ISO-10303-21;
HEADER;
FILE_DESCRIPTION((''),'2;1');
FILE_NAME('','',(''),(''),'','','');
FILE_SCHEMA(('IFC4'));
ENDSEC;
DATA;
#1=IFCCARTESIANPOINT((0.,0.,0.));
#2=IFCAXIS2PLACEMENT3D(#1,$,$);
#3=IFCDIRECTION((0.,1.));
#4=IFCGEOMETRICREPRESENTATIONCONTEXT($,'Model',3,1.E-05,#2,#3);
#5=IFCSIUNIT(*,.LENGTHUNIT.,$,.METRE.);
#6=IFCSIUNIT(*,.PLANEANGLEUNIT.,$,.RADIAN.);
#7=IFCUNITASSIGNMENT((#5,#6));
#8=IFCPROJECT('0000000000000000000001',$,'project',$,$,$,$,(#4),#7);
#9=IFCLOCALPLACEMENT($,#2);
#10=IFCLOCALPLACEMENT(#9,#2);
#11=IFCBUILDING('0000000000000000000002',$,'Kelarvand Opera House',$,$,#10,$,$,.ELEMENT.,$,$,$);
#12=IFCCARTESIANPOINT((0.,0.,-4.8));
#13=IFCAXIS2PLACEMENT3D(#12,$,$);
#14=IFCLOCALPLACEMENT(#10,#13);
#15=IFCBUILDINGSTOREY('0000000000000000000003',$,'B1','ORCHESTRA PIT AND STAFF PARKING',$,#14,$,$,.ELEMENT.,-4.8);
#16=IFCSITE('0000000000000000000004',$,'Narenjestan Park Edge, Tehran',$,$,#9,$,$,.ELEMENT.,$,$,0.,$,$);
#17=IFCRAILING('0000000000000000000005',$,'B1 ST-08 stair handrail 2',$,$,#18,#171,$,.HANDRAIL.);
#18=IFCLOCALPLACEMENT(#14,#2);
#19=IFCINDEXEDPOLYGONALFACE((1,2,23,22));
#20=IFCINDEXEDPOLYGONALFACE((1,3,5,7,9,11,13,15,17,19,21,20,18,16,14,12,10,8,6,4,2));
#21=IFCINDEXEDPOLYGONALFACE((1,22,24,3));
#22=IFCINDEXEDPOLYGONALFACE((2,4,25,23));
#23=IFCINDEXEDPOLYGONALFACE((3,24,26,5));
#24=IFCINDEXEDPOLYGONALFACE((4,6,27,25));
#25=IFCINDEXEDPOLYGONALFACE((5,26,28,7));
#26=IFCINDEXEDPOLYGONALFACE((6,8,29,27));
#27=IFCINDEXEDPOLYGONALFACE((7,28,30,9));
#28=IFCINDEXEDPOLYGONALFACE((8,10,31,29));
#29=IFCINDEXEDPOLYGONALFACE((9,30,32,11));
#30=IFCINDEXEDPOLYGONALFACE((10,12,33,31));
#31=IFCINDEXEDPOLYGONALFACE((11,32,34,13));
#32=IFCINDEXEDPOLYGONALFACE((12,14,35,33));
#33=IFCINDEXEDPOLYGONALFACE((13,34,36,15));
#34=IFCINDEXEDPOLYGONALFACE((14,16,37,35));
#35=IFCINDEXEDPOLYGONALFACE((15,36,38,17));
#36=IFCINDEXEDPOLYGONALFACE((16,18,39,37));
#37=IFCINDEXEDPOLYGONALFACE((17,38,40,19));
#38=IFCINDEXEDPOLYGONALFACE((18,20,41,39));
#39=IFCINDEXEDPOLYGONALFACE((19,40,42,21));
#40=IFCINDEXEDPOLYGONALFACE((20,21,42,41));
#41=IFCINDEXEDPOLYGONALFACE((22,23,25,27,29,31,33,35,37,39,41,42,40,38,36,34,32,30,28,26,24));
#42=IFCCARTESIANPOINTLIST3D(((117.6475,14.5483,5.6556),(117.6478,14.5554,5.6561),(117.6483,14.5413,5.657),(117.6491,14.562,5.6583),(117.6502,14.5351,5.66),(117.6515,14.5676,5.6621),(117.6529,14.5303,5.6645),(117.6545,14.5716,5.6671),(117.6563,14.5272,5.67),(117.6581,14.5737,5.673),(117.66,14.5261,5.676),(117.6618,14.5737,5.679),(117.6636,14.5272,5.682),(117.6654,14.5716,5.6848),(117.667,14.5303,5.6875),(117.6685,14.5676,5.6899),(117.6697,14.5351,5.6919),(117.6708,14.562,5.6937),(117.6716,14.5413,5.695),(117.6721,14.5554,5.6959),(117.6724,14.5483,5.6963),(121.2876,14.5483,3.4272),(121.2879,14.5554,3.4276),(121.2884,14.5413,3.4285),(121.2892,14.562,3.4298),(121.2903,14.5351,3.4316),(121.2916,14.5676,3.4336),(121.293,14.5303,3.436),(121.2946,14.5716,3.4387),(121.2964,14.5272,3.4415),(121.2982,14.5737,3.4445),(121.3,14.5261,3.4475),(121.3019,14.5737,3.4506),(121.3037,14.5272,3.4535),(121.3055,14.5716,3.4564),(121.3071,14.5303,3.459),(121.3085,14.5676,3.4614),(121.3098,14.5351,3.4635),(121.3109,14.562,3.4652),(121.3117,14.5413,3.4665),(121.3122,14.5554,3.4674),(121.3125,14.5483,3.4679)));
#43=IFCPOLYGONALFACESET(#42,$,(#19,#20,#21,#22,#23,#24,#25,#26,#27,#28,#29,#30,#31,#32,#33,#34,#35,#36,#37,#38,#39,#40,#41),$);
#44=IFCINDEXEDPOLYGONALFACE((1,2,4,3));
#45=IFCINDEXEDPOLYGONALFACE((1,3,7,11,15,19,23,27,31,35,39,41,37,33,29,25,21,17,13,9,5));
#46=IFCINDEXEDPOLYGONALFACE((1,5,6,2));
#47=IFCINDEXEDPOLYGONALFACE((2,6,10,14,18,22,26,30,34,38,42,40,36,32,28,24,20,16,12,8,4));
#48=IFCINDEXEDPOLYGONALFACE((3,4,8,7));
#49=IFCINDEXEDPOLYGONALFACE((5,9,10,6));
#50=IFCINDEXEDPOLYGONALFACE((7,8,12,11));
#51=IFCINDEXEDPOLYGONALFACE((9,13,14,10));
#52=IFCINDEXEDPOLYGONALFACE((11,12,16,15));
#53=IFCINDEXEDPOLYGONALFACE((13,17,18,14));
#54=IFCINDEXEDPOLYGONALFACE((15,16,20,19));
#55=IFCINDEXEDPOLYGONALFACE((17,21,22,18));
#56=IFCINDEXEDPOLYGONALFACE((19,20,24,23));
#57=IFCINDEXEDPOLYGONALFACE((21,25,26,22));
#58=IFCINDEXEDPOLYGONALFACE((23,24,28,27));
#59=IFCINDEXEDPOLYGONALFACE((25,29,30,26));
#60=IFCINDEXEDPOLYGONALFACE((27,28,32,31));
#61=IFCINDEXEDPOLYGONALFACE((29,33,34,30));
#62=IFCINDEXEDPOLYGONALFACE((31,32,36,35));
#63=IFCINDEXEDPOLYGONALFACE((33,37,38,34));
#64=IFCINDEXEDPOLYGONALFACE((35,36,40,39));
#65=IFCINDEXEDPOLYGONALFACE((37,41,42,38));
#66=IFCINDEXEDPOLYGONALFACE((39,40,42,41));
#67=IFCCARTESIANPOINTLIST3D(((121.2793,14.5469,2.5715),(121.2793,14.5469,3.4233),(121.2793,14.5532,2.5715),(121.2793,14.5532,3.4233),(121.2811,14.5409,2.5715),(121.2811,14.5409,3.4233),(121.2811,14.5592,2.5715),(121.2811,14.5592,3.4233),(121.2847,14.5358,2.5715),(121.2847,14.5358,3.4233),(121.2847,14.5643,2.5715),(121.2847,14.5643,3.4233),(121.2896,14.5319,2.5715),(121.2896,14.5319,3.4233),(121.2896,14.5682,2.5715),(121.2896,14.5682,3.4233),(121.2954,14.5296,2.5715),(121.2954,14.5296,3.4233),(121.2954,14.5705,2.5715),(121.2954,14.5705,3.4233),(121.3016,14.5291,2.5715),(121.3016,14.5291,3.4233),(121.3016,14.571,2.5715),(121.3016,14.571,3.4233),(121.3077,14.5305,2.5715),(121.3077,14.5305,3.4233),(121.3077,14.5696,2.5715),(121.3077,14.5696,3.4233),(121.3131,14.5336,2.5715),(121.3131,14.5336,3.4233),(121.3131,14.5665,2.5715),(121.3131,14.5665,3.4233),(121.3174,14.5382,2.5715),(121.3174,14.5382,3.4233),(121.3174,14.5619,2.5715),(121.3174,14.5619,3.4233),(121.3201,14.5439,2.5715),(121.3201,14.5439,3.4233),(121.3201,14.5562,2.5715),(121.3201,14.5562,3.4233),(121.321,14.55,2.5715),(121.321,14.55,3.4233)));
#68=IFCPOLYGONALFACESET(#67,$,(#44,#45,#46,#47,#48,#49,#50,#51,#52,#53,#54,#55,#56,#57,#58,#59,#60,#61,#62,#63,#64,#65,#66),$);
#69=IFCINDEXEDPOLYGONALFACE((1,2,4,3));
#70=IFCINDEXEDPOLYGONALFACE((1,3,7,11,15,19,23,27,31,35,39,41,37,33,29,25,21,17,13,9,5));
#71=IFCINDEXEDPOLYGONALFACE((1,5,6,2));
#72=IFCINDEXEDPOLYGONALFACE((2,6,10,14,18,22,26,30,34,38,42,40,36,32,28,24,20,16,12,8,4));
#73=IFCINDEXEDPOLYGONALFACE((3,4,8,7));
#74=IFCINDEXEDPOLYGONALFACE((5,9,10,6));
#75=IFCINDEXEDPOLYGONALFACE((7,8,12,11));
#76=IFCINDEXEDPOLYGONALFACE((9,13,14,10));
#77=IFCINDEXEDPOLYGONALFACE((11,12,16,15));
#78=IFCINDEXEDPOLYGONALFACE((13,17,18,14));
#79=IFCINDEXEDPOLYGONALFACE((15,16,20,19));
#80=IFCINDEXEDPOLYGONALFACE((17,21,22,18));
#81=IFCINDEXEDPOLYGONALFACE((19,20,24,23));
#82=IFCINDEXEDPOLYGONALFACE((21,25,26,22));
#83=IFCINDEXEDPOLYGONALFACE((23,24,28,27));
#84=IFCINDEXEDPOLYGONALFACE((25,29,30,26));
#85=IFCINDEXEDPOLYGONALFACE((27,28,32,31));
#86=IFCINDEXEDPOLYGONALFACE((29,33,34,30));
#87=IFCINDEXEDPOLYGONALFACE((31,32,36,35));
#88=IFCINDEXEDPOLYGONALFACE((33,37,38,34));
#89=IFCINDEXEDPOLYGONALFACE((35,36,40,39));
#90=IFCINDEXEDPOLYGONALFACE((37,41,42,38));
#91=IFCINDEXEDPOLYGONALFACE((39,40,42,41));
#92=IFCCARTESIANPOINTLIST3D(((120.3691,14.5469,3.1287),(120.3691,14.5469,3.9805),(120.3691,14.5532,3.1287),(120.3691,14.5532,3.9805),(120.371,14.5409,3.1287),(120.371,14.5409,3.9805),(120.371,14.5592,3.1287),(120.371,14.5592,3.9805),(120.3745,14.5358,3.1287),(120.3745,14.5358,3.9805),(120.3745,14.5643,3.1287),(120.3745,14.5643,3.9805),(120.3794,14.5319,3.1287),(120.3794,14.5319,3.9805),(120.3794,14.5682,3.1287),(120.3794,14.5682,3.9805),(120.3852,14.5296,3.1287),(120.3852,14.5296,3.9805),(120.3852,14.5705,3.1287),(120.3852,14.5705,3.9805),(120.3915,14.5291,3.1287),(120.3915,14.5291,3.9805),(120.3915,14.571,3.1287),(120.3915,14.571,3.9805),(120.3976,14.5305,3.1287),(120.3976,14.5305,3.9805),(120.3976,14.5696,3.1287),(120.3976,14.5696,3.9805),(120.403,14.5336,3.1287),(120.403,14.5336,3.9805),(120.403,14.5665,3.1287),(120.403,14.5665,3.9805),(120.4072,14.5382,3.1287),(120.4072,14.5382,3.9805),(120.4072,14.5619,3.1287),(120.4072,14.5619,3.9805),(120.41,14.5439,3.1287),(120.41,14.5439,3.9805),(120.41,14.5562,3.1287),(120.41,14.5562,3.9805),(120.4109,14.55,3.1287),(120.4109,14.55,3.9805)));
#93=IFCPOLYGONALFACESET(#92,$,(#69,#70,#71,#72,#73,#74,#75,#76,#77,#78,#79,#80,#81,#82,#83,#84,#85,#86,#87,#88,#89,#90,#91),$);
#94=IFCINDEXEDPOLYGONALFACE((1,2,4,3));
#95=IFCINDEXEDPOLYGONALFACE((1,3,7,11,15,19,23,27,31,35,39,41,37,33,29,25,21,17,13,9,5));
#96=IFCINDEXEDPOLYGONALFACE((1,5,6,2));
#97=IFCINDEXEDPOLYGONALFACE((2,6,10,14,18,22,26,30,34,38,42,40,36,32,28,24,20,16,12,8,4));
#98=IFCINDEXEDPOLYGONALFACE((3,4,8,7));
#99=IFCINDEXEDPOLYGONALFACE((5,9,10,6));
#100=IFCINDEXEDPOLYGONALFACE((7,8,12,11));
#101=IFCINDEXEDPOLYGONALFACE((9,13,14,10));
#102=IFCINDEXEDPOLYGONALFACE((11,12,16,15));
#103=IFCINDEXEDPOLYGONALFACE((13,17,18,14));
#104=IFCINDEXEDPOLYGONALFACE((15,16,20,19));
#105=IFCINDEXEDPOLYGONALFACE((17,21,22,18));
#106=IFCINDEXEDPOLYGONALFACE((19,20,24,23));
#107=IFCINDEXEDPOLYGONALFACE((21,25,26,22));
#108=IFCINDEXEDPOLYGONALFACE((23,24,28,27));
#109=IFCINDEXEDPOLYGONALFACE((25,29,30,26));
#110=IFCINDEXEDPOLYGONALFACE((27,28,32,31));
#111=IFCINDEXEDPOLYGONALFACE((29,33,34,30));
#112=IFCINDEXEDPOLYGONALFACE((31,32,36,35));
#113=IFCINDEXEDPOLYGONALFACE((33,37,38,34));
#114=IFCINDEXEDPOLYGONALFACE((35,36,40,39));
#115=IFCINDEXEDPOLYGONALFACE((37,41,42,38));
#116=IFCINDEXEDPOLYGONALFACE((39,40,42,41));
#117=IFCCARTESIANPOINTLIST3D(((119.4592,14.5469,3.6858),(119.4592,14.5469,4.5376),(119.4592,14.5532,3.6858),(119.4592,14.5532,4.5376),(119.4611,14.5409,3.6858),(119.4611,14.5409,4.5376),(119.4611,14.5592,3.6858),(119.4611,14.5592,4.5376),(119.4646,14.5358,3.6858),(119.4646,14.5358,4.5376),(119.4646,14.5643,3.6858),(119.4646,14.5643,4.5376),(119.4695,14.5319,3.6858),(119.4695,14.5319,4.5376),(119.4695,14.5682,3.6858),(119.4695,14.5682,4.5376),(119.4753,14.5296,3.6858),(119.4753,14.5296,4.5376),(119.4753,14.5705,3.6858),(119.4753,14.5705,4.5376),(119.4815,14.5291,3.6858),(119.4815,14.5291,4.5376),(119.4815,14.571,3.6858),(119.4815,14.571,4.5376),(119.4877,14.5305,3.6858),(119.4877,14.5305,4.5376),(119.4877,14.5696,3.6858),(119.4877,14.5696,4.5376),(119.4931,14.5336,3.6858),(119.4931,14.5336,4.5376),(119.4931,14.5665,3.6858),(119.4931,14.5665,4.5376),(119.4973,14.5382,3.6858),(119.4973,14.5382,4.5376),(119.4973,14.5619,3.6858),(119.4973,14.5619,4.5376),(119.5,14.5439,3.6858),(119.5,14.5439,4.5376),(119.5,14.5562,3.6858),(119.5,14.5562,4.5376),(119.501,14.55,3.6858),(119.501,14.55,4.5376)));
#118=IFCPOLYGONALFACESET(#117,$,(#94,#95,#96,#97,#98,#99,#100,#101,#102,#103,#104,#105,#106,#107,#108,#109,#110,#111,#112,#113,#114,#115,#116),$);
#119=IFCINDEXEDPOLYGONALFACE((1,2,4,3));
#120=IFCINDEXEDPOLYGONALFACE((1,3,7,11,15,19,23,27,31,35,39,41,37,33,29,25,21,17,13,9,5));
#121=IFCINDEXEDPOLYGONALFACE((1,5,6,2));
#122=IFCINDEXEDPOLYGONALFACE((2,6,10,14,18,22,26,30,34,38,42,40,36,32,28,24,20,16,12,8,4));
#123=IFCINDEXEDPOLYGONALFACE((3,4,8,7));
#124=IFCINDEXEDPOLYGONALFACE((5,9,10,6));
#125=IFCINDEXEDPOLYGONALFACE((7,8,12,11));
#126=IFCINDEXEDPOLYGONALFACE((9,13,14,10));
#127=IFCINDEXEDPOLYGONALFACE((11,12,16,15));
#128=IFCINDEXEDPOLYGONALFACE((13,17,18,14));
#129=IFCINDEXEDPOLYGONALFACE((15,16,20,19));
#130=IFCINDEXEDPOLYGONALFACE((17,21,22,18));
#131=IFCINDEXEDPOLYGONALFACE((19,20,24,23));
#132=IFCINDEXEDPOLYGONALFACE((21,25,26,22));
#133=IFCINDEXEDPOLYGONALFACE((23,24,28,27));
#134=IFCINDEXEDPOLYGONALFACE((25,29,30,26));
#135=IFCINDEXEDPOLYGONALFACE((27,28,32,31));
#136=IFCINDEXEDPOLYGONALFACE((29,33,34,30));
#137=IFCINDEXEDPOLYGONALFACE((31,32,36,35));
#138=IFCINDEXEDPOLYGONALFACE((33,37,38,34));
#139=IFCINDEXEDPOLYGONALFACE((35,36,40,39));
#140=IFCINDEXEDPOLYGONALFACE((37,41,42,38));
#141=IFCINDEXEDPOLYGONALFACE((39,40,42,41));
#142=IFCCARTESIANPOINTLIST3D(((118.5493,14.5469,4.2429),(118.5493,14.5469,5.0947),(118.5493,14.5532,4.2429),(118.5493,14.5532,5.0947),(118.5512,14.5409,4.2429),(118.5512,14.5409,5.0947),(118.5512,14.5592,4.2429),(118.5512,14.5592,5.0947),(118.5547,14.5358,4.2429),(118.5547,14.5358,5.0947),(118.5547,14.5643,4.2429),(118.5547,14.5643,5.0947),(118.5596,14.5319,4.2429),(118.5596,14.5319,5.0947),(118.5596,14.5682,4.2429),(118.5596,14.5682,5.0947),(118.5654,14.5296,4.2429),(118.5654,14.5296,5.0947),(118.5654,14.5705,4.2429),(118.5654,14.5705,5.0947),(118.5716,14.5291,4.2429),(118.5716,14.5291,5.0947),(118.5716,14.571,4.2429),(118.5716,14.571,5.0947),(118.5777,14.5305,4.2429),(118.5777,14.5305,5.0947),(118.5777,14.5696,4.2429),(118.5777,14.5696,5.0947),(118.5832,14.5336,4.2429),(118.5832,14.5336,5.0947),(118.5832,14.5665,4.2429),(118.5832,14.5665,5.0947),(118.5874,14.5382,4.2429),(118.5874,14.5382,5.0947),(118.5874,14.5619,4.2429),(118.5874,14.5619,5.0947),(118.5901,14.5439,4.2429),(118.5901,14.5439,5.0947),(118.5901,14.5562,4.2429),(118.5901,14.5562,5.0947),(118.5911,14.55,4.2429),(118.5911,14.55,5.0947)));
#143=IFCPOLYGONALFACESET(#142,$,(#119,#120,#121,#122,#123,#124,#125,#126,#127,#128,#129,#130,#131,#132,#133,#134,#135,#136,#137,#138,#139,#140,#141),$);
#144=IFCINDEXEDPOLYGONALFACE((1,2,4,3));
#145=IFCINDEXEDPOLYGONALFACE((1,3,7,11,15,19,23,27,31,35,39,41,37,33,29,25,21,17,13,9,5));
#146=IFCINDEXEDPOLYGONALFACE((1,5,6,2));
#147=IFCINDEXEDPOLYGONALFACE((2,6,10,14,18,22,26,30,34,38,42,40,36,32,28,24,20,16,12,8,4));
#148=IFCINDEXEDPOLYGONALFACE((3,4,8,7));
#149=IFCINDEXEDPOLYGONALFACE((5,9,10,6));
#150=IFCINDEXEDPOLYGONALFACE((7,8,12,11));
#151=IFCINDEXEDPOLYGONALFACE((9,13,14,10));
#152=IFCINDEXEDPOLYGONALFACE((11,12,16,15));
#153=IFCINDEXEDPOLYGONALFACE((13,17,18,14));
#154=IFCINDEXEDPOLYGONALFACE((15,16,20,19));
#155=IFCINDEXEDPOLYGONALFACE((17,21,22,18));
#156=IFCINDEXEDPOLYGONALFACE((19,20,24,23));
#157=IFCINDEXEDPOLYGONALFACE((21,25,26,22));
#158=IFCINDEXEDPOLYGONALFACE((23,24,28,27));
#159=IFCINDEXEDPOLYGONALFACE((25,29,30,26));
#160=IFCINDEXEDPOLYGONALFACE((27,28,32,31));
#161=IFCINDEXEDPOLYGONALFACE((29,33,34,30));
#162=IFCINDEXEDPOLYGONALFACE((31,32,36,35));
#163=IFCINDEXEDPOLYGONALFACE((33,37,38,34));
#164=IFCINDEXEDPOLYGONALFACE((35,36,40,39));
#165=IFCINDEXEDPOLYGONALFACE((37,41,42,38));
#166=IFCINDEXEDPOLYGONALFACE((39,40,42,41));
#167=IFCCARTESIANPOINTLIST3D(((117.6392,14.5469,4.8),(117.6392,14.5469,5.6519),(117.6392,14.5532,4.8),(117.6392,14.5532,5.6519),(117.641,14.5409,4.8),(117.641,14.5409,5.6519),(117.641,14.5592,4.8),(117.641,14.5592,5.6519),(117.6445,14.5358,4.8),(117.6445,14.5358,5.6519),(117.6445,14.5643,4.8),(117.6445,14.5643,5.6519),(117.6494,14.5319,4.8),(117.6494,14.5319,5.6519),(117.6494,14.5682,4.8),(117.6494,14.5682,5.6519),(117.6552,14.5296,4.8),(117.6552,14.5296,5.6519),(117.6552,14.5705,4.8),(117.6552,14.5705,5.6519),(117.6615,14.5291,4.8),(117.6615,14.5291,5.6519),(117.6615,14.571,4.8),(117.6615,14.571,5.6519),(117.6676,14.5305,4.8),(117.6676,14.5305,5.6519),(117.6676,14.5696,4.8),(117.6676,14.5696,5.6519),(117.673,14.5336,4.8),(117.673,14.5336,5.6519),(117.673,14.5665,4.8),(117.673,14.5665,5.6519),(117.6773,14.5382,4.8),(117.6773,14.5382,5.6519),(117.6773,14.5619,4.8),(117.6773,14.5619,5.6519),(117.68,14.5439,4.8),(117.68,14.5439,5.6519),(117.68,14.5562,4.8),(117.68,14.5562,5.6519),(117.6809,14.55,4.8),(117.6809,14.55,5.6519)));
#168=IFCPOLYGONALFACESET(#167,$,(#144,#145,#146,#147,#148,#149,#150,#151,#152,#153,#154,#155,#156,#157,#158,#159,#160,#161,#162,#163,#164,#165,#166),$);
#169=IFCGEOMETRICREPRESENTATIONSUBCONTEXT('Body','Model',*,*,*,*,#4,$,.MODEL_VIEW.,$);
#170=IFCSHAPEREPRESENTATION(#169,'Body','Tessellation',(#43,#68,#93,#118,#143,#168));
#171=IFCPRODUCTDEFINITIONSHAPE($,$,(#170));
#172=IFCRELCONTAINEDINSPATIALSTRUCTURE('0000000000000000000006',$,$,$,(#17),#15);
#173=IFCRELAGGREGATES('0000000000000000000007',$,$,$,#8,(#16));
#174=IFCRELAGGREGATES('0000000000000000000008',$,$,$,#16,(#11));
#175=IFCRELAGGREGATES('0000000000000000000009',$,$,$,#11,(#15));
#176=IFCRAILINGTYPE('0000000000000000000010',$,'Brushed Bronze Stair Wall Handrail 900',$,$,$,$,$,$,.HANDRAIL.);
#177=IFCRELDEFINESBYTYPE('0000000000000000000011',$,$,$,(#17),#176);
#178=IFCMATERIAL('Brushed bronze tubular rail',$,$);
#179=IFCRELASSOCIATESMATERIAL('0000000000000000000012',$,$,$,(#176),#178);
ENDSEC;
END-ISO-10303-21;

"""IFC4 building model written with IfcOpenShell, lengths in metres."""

from ifc_helpers import new_model, si_unit, direction, frame, origin, origin_2d, place, context, subcontext, project, spatial, circle, extrude, material, type_object, element, save


model = new_model("IFC4")

# Units and contexts
model_context = context("Model", 3, precision=1e-05, world=origin(), true_north=direction((0.0, 1.0)))
body_context = subcontext(model_context, "Body", "Model", "MODEL_VIEW")
ifc_project = project(units=[si_unit("LENGTHUNIT", "METRE"), si_unit("PLANEANGLEUNIT", "RADIAN")], contexts=[model_context])

# Site, building, storey
site_placement = place(None, origin())
site = spatial("IfcSite", under=ifc_project, at=site_placement, Name="Narenjestan Park Edge, Tehran", CompositionType="ELEMENT", RefElevation=0.0)
building_placement = place(site_placement, origin())
building = spatial("IfcBuilding", under=site, at=building_placement, Name="Kelarvand Opera House", CompositionType="ELEMENT")
storey_placement = place(building_placement, frame((0.0, 0.0, -4.8)))
storey = spatial("IfcBuildingStorey", under=building, at=storey_placement, Name="B1", Description="ORCHESTRA PIT AND STAFF PARKING", CompositionType="ELEMENT", Elevation=-4.8)

# Railing
ifc_material_1 = material(Name="Brushed bronze tubular rail")
railing_type_1 = type_object("IfcRailingType", Name="Brushed Bronze Stair Wall Handrail 900", PredefinedType="HANDRAIL", material=ifc_material_1)
railing_1_placement = place(storey_placement, frame((121.3, 14.55, 2.5715)))
element("IfcRailing", 1, at=railing_1_placement, inside=storey, type_object=railing_type_1, Name="B1 ST-08 stair handrail 2", PredefinedType="HANDRAIL", context=body_context, shape_type="SweptSolid", body=[
    extrude(circle(Radius=0.0239, at=origin_2d()), frame((0.0, 0.0, 0.876), z_axis=(-0.852866, 0.0, 0.52213), x_axis=(0.0, -1.0, 0.0)), (0.0, 0.0, 1.0), 4.2681),
    extrude(circle(Radius=0.021, at=origin_2d()), origin(), (0.0, 0.0, 1.0), 0.8518),
    extrude(circle(Radius=0.021, at=origin_2d()), frame((-0.9102, 0.0, 0.5571)), (0.0, 0.0, 1.0), 0.8518),
    extrude(circle(Radius=0.021, at=origin_2d()), frame((-1.8201, 0.0, 1.1143)), (0.0, 0.0, 1.0), 0.8518),
    extrude(circle(Radius=0.021, at=origin_2d()), frame((-2.73, 0.0, 1.6714)), (0.0, 0.0, 1.0), 0.8518),
    extrude(circle(Radius=0.021, at=origin_2d()), frame((-3.6401, 0.0, 2.2285)), (0.0, 0.0, 1.0), 0.8518),
])

save(model, "model.ifc")
